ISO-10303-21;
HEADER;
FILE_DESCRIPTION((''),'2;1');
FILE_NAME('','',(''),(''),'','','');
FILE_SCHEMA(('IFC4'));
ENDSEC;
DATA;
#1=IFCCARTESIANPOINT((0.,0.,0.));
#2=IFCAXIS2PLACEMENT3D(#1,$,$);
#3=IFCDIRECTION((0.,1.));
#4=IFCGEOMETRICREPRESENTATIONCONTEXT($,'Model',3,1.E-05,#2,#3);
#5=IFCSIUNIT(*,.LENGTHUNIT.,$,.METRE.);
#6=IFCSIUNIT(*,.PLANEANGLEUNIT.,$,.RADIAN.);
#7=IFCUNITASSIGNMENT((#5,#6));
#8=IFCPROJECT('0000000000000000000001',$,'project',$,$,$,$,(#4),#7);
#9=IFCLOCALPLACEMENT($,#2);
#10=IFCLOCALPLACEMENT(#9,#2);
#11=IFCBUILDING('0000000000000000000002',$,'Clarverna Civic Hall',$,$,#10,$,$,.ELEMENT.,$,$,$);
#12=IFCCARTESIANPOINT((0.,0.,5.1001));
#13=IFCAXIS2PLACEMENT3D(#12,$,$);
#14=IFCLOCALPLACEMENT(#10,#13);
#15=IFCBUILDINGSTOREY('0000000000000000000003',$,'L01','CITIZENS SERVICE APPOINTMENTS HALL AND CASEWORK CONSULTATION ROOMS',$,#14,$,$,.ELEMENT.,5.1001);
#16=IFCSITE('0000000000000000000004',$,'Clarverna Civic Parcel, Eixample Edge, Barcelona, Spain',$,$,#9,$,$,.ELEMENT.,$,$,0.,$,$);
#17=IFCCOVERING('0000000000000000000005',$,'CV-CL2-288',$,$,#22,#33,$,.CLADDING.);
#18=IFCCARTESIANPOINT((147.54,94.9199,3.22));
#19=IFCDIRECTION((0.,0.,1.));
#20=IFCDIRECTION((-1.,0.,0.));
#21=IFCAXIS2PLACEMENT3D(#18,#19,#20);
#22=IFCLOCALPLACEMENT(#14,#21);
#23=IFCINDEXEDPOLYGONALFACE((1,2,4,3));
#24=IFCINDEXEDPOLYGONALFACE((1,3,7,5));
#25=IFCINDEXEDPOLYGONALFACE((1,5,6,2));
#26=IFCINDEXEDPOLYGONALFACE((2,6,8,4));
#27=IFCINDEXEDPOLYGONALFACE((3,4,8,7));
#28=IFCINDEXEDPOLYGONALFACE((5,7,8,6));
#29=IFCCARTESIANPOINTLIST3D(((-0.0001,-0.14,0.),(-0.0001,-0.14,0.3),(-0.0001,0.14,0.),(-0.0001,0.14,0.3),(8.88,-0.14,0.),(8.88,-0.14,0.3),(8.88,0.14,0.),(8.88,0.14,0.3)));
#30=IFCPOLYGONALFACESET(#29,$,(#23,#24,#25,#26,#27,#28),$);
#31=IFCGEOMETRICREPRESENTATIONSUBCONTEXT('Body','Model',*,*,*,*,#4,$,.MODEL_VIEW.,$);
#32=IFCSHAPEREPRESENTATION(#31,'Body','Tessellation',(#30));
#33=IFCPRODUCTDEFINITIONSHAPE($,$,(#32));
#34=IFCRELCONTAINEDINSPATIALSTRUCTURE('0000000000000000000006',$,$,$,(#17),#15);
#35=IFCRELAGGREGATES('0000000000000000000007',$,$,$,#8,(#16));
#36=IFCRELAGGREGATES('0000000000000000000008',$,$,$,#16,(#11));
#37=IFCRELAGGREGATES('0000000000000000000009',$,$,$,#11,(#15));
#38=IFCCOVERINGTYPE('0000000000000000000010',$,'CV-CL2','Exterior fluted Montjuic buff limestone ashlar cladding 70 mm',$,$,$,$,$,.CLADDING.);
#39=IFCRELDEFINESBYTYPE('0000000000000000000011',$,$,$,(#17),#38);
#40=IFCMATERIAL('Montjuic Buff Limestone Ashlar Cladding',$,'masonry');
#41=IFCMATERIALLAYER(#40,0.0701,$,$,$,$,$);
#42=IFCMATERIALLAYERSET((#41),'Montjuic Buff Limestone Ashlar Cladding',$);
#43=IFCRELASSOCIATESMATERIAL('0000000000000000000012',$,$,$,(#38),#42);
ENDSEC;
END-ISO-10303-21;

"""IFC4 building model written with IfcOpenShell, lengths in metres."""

from ifc_helpers import new_model, si_unit, direction, frame, frame_2d, origin, place, context, subcontext, project, spatial, rectangle, extrude, material, layer, layer_set, type_object, element, save


model = new_model("IFC4")

# Units and contexts
model_context = context("Model", 3, precision=1e-05, world=origin(), true_north=direction((0.0, 1.0)))
body_context = subcontext(model_context, "Body", "Model", "MODEL_VIEW")
ifc_project = project(units=[si_unit("LENGTHUNIT", "METRE"), si_unit("PLANEANGLEUNIT", "RADIAN")], contexts=[model_context])

# Site, building, storey
site_placement = place(None, origin())
site = spatial("IfcSite", under=ifc_project, at=site_placement, Name="Clarverna Civic Parcel, Eixample Edge, Barcelona, Spain", CompositionType="ELEMENT", RefElevation=0.0)
building_placement = place(site_placement, origin())
building = spatial("IfcBuilding", under=site, at=building_placement, Name="Clarverna Civic Hall", CompositionType="ELEMENT")
storey_placement = place(building_placement, frame((0.0, 0.0, 5.1001)))
storey = spatial("IfcBuildingStorey", under=building, at=storey_placement, Name="L01", Description="CITIZENS SERVICE APPOINTMENTS HALL AND CASEWORK CONSULTATION ROOMS", CompositionType="ELEMENT", Elevation=5.1001)

# Covering
ifc_material_1 = material(Name="Montjuic Buff Limestone Ashlar Cladding", Category="masonry")
ifc_layer_1 = layer(ifc_material_1, 0.0701)
ifc_layer_set_1 = layer_set([ifc_layer_1], Name="Montjuic Buff Limestone Ashlar Cladding")
covering_type = type_object("IfcCoveringType", Name="CV-CL2", Description="Exterior fluted Montjuic buff limestone ashlar cladding 70 mm", PredefinedType="CLADDING", material=ifc_layer_set_1)
covering_1_placement = place(storey_placement, frame((147.54, 94.9199, 3.22), z_axis=(0.0, 0.0, 1.0), x_axis=(-1.0, 0.0, 0.0)))
element("IfcCovering", 1, at=covering_1_placement, inside=storey, type_object=covering_type, Name="CV-CL2-288", PredefinedType="CLADDING", context=body_context, shape_type="SweptSolid", body=[
    extrude(rectangle(XDim=8.8801, YDim=0.28, at=frame_2d((4.4399, 0.0))), origin(), (0.0, 0.0, 1.0), 0.3),
])

save(model, "model.ifc")
